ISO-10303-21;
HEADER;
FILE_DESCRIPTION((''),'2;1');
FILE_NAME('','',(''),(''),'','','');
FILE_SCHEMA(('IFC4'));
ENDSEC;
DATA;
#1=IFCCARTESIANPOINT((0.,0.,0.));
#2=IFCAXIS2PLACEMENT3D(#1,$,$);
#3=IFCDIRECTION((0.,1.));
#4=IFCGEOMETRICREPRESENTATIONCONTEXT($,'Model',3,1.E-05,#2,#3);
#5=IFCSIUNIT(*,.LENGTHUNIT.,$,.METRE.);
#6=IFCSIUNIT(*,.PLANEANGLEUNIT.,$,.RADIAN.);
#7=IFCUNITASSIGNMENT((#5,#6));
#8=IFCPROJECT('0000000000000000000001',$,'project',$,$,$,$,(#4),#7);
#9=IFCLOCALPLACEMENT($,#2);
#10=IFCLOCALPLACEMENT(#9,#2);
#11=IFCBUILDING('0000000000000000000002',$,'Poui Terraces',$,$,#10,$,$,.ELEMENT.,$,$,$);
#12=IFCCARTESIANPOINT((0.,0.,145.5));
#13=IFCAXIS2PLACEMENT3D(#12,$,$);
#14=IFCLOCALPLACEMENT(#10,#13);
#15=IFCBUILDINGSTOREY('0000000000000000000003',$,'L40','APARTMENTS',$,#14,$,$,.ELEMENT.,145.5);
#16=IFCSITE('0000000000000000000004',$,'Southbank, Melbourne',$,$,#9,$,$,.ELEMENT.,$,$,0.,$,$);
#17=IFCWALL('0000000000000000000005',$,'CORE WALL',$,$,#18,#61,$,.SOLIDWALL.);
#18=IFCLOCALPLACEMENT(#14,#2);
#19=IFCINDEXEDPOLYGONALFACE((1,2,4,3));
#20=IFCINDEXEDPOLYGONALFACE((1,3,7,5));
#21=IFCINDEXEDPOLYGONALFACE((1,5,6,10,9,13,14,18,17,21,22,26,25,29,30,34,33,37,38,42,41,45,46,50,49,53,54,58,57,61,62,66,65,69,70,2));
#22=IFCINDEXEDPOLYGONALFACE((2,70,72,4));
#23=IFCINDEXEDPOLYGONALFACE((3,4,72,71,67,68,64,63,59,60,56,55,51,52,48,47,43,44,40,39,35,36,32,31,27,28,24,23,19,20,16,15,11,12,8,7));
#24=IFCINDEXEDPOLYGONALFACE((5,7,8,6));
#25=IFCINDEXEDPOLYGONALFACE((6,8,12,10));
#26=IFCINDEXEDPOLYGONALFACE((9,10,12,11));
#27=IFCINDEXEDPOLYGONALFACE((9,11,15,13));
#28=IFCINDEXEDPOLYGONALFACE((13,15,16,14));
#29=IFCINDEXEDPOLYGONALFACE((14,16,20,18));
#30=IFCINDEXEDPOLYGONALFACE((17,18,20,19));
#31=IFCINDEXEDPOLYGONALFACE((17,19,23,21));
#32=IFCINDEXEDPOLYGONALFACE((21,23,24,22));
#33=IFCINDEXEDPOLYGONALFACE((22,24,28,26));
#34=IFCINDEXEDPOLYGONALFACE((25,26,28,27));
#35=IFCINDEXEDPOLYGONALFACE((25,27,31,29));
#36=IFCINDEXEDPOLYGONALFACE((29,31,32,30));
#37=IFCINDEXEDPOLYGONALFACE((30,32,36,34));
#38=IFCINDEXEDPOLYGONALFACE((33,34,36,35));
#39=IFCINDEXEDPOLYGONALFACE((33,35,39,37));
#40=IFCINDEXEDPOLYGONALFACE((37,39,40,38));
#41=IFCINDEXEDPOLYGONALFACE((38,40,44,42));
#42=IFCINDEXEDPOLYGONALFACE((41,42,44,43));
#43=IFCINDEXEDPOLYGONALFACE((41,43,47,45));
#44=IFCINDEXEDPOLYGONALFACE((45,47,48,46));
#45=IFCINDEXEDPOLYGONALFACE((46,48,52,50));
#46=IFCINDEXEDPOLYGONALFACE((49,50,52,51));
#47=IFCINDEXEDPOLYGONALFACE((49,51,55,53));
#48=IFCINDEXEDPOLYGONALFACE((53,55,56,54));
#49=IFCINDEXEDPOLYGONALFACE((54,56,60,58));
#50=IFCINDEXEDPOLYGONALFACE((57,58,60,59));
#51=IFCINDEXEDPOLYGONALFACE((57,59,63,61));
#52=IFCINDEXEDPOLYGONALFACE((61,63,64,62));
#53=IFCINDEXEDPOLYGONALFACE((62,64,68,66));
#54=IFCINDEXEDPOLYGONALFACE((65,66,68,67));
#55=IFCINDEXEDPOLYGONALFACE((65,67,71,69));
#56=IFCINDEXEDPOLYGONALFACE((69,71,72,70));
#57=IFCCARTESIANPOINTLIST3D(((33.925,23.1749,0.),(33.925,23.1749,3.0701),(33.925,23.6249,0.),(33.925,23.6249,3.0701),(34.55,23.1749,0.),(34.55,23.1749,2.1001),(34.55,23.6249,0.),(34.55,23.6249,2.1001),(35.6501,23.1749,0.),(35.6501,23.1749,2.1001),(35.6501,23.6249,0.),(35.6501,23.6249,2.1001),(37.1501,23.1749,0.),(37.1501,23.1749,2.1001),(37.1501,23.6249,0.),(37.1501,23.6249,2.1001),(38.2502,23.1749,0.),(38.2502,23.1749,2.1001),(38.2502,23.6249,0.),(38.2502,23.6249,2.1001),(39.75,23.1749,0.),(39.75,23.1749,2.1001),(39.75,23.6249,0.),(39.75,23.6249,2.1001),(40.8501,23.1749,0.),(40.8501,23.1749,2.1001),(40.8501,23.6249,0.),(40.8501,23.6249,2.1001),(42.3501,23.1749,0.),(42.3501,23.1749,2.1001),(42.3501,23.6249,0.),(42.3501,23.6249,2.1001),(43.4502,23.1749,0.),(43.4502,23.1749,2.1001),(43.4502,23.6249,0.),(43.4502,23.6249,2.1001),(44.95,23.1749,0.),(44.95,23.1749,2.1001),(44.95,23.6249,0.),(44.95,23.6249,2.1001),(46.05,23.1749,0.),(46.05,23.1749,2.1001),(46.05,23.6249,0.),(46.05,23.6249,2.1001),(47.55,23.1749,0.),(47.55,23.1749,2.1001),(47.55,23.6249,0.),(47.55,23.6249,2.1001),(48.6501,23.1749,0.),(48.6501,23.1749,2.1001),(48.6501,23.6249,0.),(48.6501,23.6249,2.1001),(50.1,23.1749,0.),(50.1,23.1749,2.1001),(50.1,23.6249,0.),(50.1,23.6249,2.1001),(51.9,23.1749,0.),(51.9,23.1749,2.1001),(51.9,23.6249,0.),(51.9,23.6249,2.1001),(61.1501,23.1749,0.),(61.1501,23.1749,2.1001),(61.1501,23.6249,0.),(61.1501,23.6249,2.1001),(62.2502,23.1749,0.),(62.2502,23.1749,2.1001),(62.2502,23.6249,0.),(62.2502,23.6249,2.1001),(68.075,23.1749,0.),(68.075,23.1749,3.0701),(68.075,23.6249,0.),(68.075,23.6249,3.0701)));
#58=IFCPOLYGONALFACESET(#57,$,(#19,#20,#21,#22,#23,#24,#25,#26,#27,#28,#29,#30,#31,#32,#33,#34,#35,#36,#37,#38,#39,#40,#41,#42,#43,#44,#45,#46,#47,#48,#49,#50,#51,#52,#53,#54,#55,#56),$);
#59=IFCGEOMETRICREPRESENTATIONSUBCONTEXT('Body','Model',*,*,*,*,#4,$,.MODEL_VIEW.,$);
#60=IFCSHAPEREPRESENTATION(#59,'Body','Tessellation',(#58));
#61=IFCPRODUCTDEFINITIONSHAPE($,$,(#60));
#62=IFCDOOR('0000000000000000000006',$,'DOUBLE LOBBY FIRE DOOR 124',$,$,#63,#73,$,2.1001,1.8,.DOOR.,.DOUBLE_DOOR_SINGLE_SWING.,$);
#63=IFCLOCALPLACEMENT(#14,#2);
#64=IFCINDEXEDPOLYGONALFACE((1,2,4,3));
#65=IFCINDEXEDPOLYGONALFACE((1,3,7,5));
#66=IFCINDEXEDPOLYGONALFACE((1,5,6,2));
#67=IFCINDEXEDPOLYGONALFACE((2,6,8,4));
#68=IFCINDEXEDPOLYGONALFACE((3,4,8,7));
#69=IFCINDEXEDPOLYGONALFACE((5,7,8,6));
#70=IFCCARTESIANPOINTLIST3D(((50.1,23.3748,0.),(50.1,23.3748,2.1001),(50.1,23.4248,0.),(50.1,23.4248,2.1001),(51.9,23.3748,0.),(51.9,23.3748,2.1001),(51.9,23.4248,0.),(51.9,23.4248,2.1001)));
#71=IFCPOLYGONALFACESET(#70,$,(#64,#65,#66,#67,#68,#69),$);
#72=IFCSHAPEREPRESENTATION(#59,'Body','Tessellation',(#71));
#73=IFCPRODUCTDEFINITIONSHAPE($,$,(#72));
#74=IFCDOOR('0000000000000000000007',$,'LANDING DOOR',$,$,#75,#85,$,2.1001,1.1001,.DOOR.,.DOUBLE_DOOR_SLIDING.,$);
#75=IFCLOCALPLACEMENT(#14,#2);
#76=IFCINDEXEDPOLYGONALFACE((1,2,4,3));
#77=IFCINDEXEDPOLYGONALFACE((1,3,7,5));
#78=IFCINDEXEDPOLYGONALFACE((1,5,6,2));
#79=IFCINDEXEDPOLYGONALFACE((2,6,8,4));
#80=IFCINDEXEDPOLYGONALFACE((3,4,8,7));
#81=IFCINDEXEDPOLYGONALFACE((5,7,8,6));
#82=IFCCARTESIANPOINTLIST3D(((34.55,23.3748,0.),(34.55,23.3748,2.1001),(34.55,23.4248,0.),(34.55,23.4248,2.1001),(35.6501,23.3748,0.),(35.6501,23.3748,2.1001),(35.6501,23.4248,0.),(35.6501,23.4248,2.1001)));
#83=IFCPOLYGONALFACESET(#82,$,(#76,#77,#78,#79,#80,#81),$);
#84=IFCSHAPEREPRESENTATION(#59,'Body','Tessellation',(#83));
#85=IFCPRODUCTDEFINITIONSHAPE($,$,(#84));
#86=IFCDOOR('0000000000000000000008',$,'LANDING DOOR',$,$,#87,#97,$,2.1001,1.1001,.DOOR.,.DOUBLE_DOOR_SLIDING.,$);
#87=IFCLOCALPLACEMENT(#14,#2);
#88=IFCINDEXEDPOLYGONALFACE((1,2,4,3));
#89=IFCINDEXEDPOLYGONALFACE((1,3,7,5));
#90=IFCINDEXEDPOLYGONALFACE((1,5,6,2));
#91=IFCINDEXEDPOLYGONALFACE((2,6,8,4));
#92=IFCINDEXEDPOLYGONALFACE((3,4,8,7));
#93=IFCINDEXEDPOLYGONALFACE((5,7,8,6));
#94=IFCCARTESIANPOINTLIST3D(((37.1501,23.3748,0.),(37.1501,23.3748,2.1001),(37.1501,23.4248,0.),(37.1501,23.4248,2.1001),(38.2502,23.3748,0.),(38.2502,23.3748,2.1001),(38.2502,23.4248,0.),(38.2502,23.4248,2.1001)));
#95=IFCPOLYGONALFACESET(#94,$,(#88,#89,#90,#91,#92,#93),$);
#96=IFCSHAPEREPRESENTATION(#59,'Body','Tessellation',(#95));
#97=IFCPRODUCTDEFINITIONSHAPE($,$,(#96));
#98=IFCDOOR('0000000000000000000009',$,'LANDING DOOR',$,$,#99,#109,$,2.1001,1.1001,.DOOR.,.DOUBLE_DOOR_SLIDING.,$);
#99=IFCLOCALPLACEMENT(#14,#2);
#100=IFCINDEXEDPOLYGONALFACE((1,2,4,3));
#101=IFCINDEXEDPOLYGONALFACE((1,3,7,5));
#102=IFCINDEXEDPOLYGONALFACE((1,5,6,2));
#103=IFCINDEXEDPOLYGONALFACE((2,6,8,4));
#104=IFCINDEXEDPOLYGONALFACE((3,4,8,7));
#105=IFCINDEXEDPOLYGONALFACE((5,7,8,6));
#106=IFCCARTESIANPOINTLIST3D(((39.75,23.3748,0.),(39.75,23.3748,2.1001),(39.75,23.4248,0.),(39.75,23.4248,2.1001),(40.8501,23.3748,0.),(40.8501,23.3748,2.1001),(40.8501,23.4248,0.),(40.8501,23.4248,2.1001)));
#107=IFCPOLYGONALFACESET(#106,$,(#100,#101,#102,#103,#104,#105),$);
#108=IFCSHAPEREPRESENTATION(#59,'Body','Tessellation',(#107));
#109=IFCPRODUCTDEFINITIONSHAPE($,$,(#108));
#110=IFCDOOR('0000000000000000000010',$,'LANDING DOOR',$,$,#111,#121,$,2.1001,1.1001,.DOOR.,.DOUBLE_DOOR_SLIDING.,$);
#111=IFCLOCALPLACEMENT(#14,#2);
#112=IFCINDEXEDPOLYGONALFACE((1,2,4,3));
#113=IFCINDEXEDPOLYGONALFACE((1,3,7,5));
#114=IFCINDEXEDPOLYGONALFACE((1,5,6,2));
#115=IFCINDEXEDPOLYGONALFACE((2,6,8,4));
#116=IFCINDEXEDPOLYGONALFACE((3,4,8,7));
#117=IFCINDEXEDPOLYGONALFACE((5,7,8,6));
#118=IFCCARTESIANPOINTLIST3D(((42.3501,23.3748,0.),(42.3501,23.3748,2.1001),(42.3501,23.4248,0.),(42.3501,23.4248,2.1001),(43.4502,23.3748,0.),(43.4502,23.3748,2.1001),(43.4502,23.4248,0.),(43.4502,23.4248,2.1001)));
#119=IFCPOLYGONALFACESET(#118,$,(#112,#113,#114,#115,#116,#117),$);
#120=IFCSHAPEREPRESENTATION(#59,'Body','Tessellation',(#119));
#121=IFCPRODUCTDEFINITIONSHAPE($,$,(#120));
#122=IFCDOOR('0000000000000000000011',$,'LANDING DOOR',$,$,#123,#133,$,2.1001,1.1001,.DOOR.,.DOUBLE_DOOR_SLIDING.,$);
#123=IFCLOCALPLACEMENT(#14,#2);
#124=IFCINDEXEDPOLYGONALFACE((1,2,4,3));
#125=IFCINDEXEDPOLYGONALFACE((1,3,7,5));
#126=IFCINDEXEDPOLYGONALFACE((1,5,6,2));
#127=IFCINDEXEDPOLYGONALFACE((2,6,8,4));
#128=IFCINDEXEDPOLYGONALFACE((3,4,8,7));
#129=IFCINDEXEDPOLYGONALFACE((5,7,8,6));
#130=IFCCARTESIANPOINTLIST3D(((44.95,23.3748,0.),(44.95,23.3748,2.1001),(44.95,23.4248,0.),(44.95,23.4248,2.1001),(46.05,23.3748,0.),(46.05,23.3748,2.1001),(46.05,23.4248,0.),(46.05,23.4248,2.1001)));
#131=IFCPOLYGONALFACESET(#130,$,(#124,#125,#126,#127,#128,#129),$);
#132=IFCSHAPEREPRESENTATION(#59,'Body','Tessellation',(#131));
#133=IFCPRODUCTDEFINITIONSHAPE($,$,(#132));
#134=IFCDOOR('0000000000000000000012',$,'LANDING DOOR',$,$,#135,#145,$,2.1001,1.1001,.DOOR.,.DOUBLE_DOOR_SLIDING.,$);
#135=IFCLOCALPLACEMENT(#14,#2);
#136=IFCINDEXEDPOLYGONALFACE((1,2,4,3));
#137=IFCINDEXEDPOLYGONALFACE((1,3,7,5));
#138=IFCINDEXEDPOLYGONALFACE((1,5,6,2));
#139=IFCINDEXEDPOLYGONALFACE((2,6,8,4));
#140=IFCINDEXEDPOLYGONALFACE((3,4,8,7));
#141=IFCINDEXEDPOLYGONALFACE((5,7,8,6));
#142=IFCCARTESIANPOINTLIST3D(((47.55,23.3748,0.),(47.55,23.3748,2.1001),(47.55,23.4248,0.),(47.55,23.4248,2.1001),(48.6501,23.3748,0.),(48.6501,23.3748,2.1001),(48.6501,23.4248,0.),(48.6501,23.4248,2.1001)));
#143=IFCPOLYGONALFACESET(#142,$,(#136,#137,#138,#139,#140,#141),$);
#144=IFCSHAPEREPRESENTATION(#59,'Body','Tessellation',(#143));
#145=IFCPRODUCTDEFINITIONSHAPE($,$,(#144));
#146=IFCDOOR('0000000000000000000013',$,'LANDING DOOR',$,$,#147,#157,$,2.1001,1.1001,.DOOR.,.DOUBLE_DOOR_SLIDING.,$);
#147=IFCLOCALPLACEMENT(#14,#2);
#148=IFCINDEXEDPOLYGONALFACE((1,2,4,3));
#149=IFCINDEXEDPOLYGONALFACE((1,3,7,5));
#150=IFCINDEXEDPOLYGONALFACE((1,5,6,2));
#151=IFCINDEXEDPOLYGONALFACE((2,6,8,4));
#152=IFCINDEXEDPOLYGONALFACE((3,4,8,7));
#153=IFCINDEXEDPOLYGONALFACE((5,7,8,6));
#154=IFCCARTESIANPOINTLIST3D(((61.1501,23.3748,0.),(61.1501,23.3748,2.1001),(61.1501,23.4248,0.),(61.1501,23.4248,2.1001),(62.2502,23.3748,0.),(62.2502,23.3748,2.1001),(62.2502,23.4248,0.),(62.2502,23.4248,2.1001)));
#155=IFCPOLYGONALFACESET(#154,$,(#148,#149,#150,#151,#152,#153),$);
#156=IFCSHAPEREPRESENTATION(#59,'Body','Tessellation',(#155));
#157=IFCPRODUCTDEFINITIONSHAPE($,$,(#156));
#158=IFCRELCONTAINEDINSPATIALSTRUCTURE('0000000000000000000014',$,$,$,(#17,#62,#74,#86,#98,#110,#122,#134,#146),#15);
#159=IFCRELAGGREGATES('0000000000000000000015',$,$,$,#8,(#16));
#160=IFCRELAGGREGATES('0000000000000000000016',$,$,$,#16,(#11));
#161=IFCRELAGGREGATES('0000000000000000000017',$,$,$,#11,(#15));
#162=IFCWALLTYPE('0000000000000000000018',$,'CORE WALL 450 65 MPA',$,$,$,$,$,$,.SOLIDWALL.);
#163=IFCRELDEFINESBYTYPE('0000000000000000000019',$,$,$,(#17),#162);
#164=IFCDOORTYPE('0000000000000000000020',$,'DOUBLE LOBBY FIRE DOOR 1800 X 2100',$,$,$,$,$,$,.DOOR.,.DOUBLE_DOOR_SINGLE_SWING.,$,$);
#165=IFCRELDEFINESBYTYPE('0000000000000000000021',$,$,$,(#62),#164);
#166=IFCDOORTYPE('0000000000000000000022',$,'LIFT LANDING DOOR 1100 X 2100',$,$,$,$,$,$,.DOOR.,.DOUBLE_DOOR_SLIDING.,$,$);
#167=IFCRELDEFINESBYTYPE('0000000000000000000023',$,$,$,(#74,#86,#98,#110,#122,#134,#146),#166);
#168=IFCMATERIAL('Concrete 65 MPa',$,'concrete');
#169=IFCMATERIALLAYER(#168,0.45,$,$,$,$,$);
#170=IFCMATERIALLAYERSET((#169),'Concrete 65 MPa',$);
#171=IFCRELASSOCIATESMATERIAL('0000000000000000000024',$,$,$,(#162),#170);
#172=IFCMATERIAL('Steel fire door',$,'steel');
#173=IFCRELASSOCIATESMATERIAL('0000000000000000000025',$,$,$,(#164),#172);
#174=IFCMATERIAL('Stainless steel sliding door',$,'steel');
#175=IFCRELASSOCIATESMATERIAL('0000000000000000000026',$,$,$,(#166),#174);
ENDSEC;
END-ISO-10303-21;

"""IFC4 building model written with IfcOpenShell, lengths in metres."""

from ifc_helpers import new_model, si_unit, direction, frame, frame_2d, origin, place, context, subcontext, project, spatial, rectangle, extrude, material, layer, layer_set, type_object, element, fill, save


model = new_model("IFC4")

# Units and contexts
model_context = context("Model", 3, precision=1e-05, world=origin(), true_north=direction((0.0, 1.0)))
body_context = subcontext(model_context, "Body", "Model", "MODEL_VIEW")
ifc_project = project(units=[si_unit("LENGTHUNIT", "METRE"), si_unit("PLANEANGLEUNIT", "RADIAN")], contexts=[model_context])

# Site, building, storey
site_placement = place(None, origin())
site = spatial("IfcSite", under=ifc_project, at=site_placement, Name="Southbank, Melbourne", CompositionType="ELEMENT", RefElevation=0.0)
building_placement = place(site_placement, origin())
building = spatial("IfcBuilding", under=site, at=building_placement, Name="Poui Terraces", CompositionType="ELEMENT")
storey_placement = place(building_placement, frame((0.0, 0.0, 145.5)))
storey = spatial("IfcBuildingStorey", under=building, at=storey_placement, Name="L40", Description="APARTMENTS", CompositionType="ELEMENT", Elevation=145.5)

# Shared definitions
ifc_material_1 = material(Name="Concrete 65 MPa", Category="concrete")

# Wall, openings, doors
ifc_layer_1 = layer(ifc_material_1, 0.45)
ifc_layer_set_1 = layer_set([ifc_layer_1], Name="Concrete 65 MPa")
wall_type_1 = type_object("IfcWallType", Name="CORE WALL 450 65 MPA", PredefinedType="SOLIDWALL", material=ifc_layer_set_1)
wall_1_placement = place(storey_placement, frame((33.925, 23.3999, 0.0), z_axis=(0.0, 0.0, 1.0), x_axis=(1.0, 0.0, 0.0)))
wall_1 = element("IfcWall", 1, at=wall_1_placement, inside=storey, type_object=wall_type_1, Name="CORE WALL", PredefinedType="SOLIDWALL", context=body_context, shape_type="SweptSolid", body=[
    extrude(rectangle(XDim=34.1499, YDim=0.45, at=frame_2d((17.075, 0.0))), origin(), (0.0, 0.0, 1.0), 3.0701),
])
opening_1_placement = place(wall_1_placement, frame((16.175, 0.0, 0.0)))
opening_1 = element("IfcOpeningElement", 2, at=opening_1_placement, cuts=wall_1, PredefinedType="OPENING", context=body_context, shape_type="SweptSolid", body=[
    extrude(rectangle(XDim=1.8, YDim=2.1001, at=frame_2d((0.8999, 1.05))), frame((0.0, 0.2349, 0.0), z_axis=(0.0, -1.0, 0.0), x_axis=(1.0, 0.0, 0.0)), (0.0, 0.0, 1.0), 0.47),
])
opening_2_placement = place(wall_1_placement, frame((0.625, 0.0, 0.0)))
opening_2 = element("IfcOpeningElement", 3, at=opening_2_placement, cuts=wall_1, PredefinedType="OPENING", context=body_context, shape_type="SweptSolid", body=[
    extrude(rectangle(XDim=1.1001, YDim=2.1001, at=frame_2d((0.55, 1.05))), frame((0.0, 0.2349, 0.0), z_axis=(0.0, -1.0, 0.0), x_axis=(1.0, 0.0, 0.0)), (0.0, 0.0, 1.0), 0.47),
])
opening_3_placement = place(wall_1_placement, frame((3.2251, 0.0, 0.0)))
opening_3 = element("IfcOpeningElement", 4, at=opening_3_placement, cuts=wall_1, PredefinedType="OPENING", context=body_context, shape_type="SweptSolid", body=[
    extrude(rectangle(XDim=1.1001, YDim=2.1001, at=frame_2d((0.55, 1.05))), frame((0.0, 0.2349, 0.0), z_axis=(0.0, -1.0, 0.0), x_axis=(1.0, 0.0, 0.0)), (0.0, 0.0, 1.0), 0.47),
])
opening_4_placement = place(wall_1_placement, frame((5.825, 0.0, 0.0)))
opening_4 = element("IfcOpeningElement", 5, at=opening_4_placement, cuts=wall_1, PredefinedType="OPENING", context=body_context, shape_type="SweptSolid", body=[
    extrude(rectangle(XDim=1.1001, YDim=2.1001, at=frame_2d((0.55, 1.05))), frame((0.0, 0.2349, 0.0), z_axis=(0.0, -1.0, 0.0), x_axis=(1.0, 0.0, 0.0)), (0.0, 0.0, 1.0), 0.47),
])
opening_5_placement = place(wall_1_placement, frame((8.425, 0.0, 0.0)))
opening_5 = element("IfcOpeningElement", 6, at=opening_5_placement, cuts=wall_1, PredefinedType="OPENING", context=body_context, shape_type="SweptSolid", body=[
    extrude(rectangle(XDim=1.1001, YDim=2.1001, at=frame_2d((0.55, 1.05))), frame((0.0, 0.2349, 0.0), z_axis=(0.0, -1.0, 0.0), x_axis=(1.0, 0.0, 0.0)), (0.0, 0.0, 1.0), 0.47),
])
opening_6_placement = place(wall_1_placement, frame((11.0249, 0.0, 0.0)))
opening_6 = element("IfcOpeningElement", 7, at=opening_6_placement, cuts=wall_1, PredefinedType="OPENING", context=body_context, shape_type="SweptSolid", body=[
    extrude(rectangle(XDim=1.1001, YDim=2.1001, at=frame_2d((0.55, 1.05))), frame((0.0, 0.2349, 0.0), z_axis=(0.0, -1.0, 0.0), x_axis=(1.0, 0.0, 0.0)), (0.0, 0.0, 1.0), 0.47),
])
opening_7_placement = place(wall_1_placement, frame((13.625, 0.0, 0.0)))
opening_7 = element("IfcOpeningElement", 8, at=opening_7_placement, cuts=wall_1, PredefinedType="OPENING", context=body_context, shape_type="SweptSolid", body=[
    extrude(rectangle(XDim=1.1001, YDim=2.1001, at=frame_2d((0.55, 1.05))), frame((0.0, 0.2349, 0.0), z_axis=(0.0, -1.0, 0.0), x_axis=(1.0, 0.0, 0.0)), (0.0, 0.0, 1.0), 0.47),
])
opening_8_placement = place(wall_1_placement, frame((27.2251, 0.0, 0.0)))
opening_8 = element("IfcOpeningElement", 9, at=opening_8_placement, cuts=wall_1, PredefinedType="OPENING", context=body_context, shape_type="SweptSolid", body=[
    extrude(rectangle(XDim=1.1001, YDim=2.1001, at=frame_2d((0.55, 1.05))), frame((0.0, 0.2349, 0.0), z_axis=(0.0, -1.0, 0.0), x_axis=(1.0, 0.0, 0.0)), (0.0, 0.0, 1.0), 0.47),
])
ifc_material_2 = material(Name="Steel fire door", Category="steel")
door_type_1 = type_object("IfcDoorType", Name="DOUBLE LOBBY FIRE DOOR 1800 X 2100", OperationType="DOUBLE_DOOR_SINGLE_SWING", PredefinedType="DOOR", material=ifc_material_2)
door_1_placement = place(opening_1_placement, origin())
door_1 = element("IfcDoor", 10, at=door_1_placement, inside=storey, type_object=door_type_1, Name="DOUBLE LOBBY FIRE DOOR 124", OperationType="DOUBLE_DOOR_SINGLE_SWING", OverallHeight=2.1001, OverallWidth=1.8, PredefinedType="DOOR", context=body_context, shape_type="SweptSolid", body=[
    extrude(rectangle(XDim=1.8, YDim=2.1001, at=frame_2d((0.8999, 1.05))), frame((0.0, 0.0249, 0.0), z_axis=(0.0, -1.0, 0.0), x_axis=(1.0, 0.0, 0.0)), (0.0, 0.0, 1.0), 0.05),
])
fill(opening_1, door_1)
ifc_material_3 = material(Name="Stainless steel sliding door", Category="steel")
door_type_2 = type_object("IfcDoorType", Name="LIFT LANDING DOOR 1100 X 2100", OperationType="DOUBLE_DOOR_SLIDING", PredefinedType="DOOR", material=ifc_material_3)
door_2_placement = place(opening_2_placement, origin())
door_2 = element("IfcDoor", 11, at=door_2_placement, inside=storey, type_object=door_type_2, Name="LANDING DOOR", OperationType="DOUBLE_DOOR_SLIDING", OverallHeight=2.1001, OverallWidth=1.1001, PredefinedType="DOOR", context=body_context, shape_type="SweptSolid", body=[
    extrude(rectangle(XDim=1.1001, YDim=2.1001, at=frame_2d((0.55, 1.05))), frame((0.0, 0.0249, 0.0), z_axis=(0.0, -1.0, 0.0), x_axis=(1.0, 0.0, 0.0)), (0.0, 0.0, 1.0), 0.05),
])
fill(opening_2, door_2)
door_3_placement = place(opening_3_placement, origin())
door_3 = element("IfcDoor", 12, at=door_3_placement, inside=storey, type_object=door_type_2, Name="LANDING DOOR", OperationType="DOUBLE_DOOR_SLIDING", OverallHeight=2.1001, OverallWidth=1.1001, PredefinedType="DOOR", context=body_context, shape_type="SweptSolid", body=[
    extrude(rectangle(XDim=1.1001, YDim=2.1001, at=frame_2d((0.55, 1.05))), frame((0.0, 0.0249, 0.0), z_axis=(0.0, -1.0, 0.0), x_axis=(1.0, 0.0, 0.0)), (0.0, 0.0, 1.0), 0.05),
])
fill(opening_3, door_3)
door_4_placement = place(opening_4_placement, origin())
door_4 = element("IfcDoor", 13, at=door_4_placement, inside=storey, type_object=door_type_2, Name="LANDING DOOR", OperationType="DOUBLE_DOOR_SLIDING", OverallHeight=2.1001, OverallWidth=1.1001, PredefinedType="DOOR", context=body_context, shape_type="SweptSolid", body=[
    extrude(rectangle(XDim=1.1001, YDim=2.1001, at=frame_2d((0.55, 1.05))), frame((0.0, 0.0249, 0.0), z_axis=(0.0, -1.0, 0.0), x_axis=(1.0, 0.0, 0.0)), (0.0, 0.0, 1.0), 0.05),
])
fill(opening_4, door_4)
door_5_placement = place(opening_5_placement, origin())
door_5 = element("IfcDoor", 14, at=door_5_placement, inside=storey, type_object=door_type_2, Name="LANDING DOOR", OperationType="DOUBLE_DOOR_SLIDING", OverallHeight=2.1001, OverallWidth=1.1001, PredefinedType="DOOR", context=body_context, shape_type="SweptSolid", body=[
    extrude(rectangle(XDim=1.1001, YDim=2.1001, at=frame_2d((0.55, 1.05))), frame((0.0, 0.0249, 0.0), z_axis=(0.0, -1.0, 0.0), x_axis=(1.0, 0.0, 0.0)), (0.0, 0.0, 1.0), 0.05),
])
fill(opening_5, door_5)
door_6_placement = place(opening_6_placement, origin())
door_6 = element("IfcDoor", 15, at=door_6_placement, inside=storey, type_object=door_type_2, Name="LANDING DOOR", OperationType="DOUBLE_DOOR_SLIDING", OverallHeight=2.1001, OverallWidth=1.1001, PredefinedType="DOOR", context=body_context, shape_type="SweptSolid", body=[
    extrude(rectangle(XDim=1.1001, YDim=2.1001, at=frame_2d((0.55, 1.05))), frame((0.0, 0.0249, 0.0), z_axis=(0.0, -1.0, 0.0), x_axis=(1.0, 0.0, 0.0)), (0.0, 0.0, 1.0), 0.05),
])
fill(opening_6, door_6)
door_7_placement = place(opening_7_placement, origin())
door_7 = element("IfcDoor", 16, at=door_7_placement, inside=storey, type_object=door_type_2, Name="LANDING DOOR", OperationType="DOUBLE_DOOR_SLIDING", OverallHeight=2.1001, OverallWidth=1.1001, PredefinedType="DOOR", context=body_context, shape_type="SweptSolid", body=[
    extrude(rectangle(XDim=1.1001, YDim=2.1001, at=frame_2d((0.55, 1.05))), frame((0.0, 0.0249, 0.0), z_axis=(0.0, -1.0, 0.0), x_axis=(1.0, 0.0, 0.0)), (0.0, 0.0, 1.0), 0.05),
])
fill(opening_7, door_7)
door_8_placement = place(opening_8_placement, origin())
door_8 = element("IfcDoor", 17, at=door_8_placement, inside=storey, type_object=door_type_2, Name="LANDING DOOR", OperationType="DOUBLE_DOOR_SLIDING", OverallHeight=2.1001, OverallWidth=1.1001, PredefinedType="DOOR", context=body_context, shape_type="SweptSolid", body=[
    extrude(rectangle(XDim=1.1001, YDim=2.1001, at=frame_2d((0.55, 1.05))), frame((0.0, 0.0249, 0.0), z_axis=(0.0, -1.0, 0.0), x_axis=(1.0, 0.0, 0.0)), (0.0, 0.0, 1.0), 0.05),
])
fill(opening_8, door_8)

save(model, "model.ifc")
